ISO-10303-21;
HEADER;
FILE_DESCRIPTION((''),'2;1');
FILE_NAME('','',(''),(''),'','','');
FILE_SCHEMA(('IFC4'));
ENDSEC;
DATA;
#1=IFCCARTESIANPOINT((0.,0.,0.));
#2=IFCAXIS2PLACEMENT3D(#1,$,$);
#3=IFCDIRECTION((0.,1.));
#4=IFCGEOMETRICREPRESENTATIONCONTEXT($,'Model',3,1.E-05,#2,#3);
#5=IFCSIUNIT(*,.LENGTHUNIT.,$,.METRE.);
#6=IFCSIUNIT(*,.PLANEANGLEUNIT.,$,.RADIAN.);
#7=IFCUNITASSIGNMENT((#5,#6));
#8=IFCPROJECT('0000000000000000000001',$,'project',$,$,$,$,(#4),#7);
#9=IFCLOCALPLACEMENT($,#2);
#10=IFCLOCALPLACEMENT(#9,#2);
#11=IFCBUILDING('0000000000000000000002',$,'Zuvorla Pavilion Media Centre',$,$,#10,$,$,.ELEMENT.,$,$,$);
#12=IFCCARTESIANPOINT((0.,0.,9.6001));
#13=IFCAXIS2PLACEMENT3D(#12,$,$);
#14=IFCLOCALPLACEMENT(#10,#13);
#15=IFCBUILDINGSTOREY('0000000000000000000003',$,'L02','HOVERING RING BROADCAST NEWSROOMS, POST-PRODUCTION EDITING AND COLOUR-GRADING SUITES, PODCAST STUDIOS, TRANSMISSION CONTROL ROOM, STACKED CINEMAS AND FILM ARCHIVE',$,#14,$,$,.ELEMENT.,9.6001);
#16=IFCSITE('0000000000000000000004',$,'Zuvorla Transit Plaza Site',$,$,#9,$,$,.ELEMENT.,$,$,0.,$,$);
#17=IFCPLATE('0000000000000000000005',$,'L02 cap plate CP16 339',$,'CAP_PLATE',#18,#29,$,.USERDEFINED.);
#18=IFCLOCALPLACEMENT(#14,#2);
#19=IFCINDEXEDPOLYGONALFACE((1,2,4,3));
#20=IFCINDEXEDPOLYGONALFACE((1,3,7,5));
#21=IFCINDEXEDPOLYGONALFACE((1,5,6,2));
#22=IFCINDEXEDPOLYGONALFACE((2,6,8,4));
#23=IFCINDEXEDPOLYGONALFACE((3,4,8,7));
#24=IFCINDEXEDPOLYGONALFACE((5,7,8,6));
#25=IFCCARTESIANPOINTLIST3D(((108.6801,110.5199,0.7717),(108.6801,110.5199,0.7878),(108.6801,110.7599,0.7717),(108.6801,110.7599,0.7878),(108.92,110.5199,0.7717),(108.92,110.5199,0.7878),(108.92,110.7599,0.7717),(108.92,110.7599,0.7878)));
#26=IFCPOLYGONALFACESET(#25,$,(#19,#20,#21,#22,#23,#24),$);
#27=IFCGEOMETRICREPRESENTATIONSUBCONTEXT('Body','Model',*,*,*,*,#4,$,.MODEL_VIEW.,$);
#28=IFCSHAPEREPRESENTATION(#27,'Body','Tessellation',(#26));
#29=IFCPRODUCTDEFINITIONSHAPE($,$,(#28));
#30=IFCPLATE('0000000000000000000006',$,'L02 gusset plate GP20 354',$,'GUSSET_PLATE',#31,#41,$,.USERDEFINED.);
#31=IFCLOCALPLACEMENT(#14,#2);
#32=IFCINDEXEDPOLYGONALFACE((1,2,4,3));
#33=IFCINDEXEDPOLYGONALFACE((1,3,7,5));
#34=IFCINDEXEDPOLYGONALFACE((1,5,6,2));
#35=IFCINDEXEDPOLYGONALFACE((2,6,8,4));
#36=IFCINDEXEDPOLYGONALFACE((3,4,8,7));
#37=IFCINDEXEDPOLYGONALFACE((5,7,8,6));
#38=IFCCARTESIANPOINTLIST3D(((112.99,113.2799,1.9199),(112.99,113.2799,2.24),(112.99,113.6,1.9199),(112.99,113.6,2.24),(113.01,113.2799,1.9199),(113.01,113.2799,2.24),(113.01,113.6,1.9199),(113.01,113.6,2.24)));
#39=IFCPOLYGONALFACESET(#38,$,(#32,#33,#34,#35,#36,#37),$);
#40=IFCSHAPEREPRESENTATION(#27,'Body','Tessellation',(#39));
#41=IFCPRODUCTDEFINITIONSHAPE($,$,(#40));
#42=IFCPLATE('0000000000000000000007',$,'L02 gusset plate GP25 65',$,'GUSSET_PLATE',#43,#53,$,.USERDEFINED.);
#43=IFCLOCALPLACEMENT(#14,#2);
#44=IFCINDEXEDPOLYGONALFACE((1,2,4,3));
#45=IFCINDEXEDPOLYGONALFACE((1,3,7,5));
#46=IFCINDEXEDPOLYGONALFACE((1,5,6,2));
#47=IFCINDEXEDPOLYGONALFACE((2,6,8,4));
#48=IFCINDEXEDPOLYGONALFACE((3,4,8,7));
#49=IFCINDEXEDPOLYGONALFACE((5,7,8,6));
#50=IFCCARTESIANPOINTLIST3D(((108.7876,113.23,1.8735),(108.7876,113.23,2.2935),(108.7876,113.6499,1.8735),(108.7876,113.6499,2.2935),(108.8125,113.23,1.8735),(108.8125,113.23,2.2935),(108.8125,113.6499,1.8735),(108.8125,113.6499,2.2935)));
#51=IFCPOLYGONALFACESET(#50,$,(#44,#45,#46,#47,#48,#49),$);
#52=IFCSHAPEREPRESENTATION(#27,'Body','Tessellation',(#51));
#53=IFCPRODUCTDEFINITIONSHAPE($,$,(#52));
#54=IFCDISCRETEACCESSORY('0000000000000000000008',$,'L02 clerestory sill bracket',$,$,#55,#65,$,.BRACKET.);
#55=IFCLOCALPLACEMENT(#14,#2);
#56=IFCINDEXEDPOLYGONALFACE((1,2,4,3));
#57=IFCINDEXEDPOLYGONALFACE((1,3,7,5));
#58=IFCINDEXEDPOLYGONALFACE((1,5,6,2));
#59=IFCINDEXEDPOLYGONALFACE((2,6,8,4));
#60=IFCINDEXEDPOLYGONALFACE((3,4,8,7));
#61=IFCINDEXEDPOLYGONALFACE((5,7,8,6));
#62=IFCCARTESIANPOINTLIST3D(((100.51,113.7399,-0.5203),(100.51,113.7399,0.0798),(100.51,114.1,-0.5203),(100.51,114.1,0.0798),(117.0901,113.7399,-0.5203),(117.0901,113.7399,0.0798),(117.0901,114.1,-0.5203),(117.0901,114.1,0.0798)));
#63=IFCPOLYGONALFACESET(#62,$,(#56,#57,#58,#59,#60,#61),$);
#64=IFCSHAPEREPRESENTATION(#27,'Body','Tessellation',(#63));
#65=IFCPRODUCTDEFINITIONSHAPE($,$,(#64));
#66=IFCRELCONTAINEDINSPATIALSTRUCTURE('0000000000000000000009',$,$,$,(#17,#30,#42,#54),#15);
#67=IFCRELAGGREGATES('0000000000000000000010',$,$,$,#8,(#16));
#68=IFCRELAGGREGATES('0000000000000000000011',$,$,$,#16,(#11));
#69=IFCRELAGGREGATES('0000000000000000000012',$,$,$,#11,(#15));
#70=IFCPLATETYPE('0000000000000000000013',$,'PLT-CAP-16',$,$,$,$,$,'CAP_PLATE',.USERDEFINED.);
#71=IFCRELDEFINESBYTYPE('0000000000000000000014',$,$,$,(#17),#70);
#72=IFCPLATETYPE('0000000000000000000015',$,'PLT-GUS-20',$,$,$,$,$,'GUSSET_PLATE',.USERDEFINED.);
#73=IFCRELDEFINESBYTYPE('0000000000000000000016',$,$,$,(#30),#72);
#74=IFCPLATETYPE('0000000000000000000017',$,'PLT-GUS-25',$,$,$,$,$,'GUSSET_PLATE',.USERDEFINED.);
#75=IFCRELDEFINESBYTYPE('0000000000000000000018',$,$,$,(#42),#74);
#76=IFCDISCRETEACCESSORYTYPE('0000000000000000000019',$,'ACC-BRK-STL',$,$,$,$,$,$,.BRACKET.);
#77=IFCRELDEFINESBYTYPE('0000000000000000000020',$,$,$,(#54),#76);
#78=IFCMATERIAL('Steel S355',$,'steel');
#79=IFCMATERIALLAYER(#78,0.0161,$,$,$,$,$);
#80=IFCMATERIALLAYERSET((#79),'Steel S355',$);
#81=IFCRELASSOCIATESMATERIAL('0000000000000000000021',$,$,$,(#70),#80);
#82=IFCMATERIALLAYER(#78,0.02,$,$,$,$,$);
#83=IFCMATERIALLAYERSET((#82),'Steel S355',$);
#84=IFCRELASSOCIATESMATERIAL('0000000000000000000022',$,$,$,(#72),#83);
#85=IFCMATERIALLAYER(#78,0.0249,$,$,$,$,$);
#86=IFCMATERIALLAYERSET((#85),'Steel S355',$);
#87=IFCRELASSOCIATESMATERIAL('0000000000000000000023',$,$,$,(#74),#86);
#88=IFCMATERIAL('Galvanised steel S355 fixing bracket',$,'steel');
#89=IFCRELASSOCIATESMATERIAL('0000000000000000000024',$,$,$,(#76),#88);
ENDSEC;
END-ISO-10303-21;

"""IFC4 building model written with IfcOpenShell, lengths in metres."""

from ifc_helpers import new_model, si_unit, direction, frame, origin, origin_2d, place, context, subcontext, project, spatial, rectangle, extrude, material, layer, layer_set, type_object, element, save


model = new_model("IFC4")

# Units and contexts
model_context = context("Model", 3, precision=1e-05, world=origin(), true_north=direction((0.0, 1.0)))
body_context = subcontext(model_context, "Body", "Model", "MODEL_VIEW")
ifc_project = project(units=[si_unit("LENGTHUNIT", "METRE"), si_unit("PLANEANGLEUNIT", "RADIAN")], contexts=[model_context])

# Site, building, storey
site_placement = place(None, origin())
site = spatial("IfcSite", under=ifc_project, at=site_placement, Name="Zuvorla Transit Plaza Site", CompositionType="ELEMENT", RefElevation=0.0)
building_placement = place(site_placement, origin())
building = spatial("IfcBuilding", under=site, at=building_placement, Name="Zuvorla Pavilion Media Centre", CompositionType="ELEMENT")
storey_placement = place(building_placement, frame((0.0, 0.0, 9.6001)))
storey = spatial("IfcBuildingStorey", under=building, at=storey_placement, Name="L02", Description="HOVERING RING BROADCAST NEWSROOMS, POST-PRODUCTION EDITING AND COLOUR-GRADING SUITES, PODCAST STUDIOS, TRANSMISSION CONTROL ROOM, STACKED CINEMAS AND FILM ARCHIVE", CompositionType="ELEMENT", Elevation=9.6001)

# Shared definitions
ifc_material_1 = material(Name="Steel S355", Category="steel")

# Plates
ifc_layer_1 = layer(ifc_material_1, 0.0161)
ifc_layer_set_1 = layer_set([ifc_layer_1], Name="Steel S355")
plate_type_1 = type_object("IfcPlateType", Name="PLT-CAP-16", ElementType="CAP_PLATE", PredefinedType="USERDEFINED", material=ifc_layer_set_1)
for number, where, z_axis, x_axis, name in (
    (1, (108.8, 110.6399, 0.7717), (0.0, 0.0, 1.0), (1.0, 0.0, 0.0), "L02 cap plate CP16 339"),
):
    element("IfcPlate", number, at=place(storey_placement, frame(where, z_axis=z_axis, x_axis=x_axis)), inside=storey, type_object=plate_type_1, Name=name, ObjectType="CAP_PLATE", PredefinedType="USERDEFINED", context=body_context, shape_type="SweptSolid", body=[
        extrude(rectangle(XDim=0.24, YDim=0.24, at=origin_2d()), origin(), (0.0, 0.0, 1.0), 0.0161),
    ])
ifc_layer_2 = layer(ifc_material_1, 0.02)
ifc_layer_set_2 = layer_set([ifc_layer_2], Name="Steel S355")
plate_type_2 = type_object("IfcPlateType", Name="PLT-GUS-20", ElementType="GUSSET_PLATE", PredefinedType="USERDEFINED", material=ifc_layer_set_2)
plate_1_placement = place(storey_placement, frame((113.0, 113.4399, 1.9199), z_axis=(0.0, 0.0, 1.0), x_axis=(1.0, 0.0, 0.0)))
element("IfcPlate", 2, at=plate_1_placement, inside=storey, type_object=plate_type_2, Name="L02 gusset plate GP20 354", ObjectType="GUSSET_PLATE", PredefinedType="USERDEFINED", context=body_context, shape_type="SweptSolid", body=[
    extrude(rectangle(XDim=0.02, YDim=0.3201, at=origin_2d()), origin(), (0.0, 0.0, 1.0), 0.3201),
])
ifc_layer_3 = layer(ifc_material_1, 0.0249)
ifc_layer_set_3 = layer_set([ifc_layer_3], Name="Steel S355")
plate_type_3 = type_object("IfcPlateType", Name="PLT-GUS-25", ElementType="GUSSET_PLATE", PredefinedType="USERDEFINED", material=ifc_layer_set_3)
plate_2_placement = place(storey_placement, frame((108.8, 113.4399, 1.8735), z_axis=(0.0, 0.0, 1.0), x_axis=(1.0, 0.0, 0.0)))
element("IfcPlate", 3, at=plate_2_placement, inside=storey, type_object=plate_type_3, Name="L02 gusset plate GP25 65", ObjectType="GUSSET_PLATE", PredefinedType="USERDEFINED", context=body_context, shape_type="SweptSolid", body=[
    extrude(rectangle(XDim=0.0249, YDim=0.4199, at=origin_2d()), origin(), (0.0, 0.0, 1.0), 0.4199),
])

# Discrete accessory
ifc_material_2 = material(Name="Galvanised steel S355 fixing bracket", Category="steel")
discrete_accessory_type = type_object("IfcDiscreteAccessoryType", Name="ACC-BRK-STL", PredefinedType="BRACKET", material=ifc_material_2)
discrete_accessory_placement = place(storey_placement, frame((108.8, 113.9199, -0.5203), z_axis=(0.0, 0.0, 1.0), x_axis=(1.0, 0.0, 0.0)))
element("IfcDiscreteAccessory", 4, at=discrete_accessory_placement, inside=storey, type_object=discrete_accessory_type, Name="L02 clerestory sill bracket", PredefinedType="BRACKET", context=body_context, shape_type="SweptSolid", body=[
    extrude(rectangle(XDim=16.5801, YDim=0.3601, at=origin_2d()), origin(), (0.0, 0.0, 1.0), 0.6001),
])

save(model, "model.ifc")
